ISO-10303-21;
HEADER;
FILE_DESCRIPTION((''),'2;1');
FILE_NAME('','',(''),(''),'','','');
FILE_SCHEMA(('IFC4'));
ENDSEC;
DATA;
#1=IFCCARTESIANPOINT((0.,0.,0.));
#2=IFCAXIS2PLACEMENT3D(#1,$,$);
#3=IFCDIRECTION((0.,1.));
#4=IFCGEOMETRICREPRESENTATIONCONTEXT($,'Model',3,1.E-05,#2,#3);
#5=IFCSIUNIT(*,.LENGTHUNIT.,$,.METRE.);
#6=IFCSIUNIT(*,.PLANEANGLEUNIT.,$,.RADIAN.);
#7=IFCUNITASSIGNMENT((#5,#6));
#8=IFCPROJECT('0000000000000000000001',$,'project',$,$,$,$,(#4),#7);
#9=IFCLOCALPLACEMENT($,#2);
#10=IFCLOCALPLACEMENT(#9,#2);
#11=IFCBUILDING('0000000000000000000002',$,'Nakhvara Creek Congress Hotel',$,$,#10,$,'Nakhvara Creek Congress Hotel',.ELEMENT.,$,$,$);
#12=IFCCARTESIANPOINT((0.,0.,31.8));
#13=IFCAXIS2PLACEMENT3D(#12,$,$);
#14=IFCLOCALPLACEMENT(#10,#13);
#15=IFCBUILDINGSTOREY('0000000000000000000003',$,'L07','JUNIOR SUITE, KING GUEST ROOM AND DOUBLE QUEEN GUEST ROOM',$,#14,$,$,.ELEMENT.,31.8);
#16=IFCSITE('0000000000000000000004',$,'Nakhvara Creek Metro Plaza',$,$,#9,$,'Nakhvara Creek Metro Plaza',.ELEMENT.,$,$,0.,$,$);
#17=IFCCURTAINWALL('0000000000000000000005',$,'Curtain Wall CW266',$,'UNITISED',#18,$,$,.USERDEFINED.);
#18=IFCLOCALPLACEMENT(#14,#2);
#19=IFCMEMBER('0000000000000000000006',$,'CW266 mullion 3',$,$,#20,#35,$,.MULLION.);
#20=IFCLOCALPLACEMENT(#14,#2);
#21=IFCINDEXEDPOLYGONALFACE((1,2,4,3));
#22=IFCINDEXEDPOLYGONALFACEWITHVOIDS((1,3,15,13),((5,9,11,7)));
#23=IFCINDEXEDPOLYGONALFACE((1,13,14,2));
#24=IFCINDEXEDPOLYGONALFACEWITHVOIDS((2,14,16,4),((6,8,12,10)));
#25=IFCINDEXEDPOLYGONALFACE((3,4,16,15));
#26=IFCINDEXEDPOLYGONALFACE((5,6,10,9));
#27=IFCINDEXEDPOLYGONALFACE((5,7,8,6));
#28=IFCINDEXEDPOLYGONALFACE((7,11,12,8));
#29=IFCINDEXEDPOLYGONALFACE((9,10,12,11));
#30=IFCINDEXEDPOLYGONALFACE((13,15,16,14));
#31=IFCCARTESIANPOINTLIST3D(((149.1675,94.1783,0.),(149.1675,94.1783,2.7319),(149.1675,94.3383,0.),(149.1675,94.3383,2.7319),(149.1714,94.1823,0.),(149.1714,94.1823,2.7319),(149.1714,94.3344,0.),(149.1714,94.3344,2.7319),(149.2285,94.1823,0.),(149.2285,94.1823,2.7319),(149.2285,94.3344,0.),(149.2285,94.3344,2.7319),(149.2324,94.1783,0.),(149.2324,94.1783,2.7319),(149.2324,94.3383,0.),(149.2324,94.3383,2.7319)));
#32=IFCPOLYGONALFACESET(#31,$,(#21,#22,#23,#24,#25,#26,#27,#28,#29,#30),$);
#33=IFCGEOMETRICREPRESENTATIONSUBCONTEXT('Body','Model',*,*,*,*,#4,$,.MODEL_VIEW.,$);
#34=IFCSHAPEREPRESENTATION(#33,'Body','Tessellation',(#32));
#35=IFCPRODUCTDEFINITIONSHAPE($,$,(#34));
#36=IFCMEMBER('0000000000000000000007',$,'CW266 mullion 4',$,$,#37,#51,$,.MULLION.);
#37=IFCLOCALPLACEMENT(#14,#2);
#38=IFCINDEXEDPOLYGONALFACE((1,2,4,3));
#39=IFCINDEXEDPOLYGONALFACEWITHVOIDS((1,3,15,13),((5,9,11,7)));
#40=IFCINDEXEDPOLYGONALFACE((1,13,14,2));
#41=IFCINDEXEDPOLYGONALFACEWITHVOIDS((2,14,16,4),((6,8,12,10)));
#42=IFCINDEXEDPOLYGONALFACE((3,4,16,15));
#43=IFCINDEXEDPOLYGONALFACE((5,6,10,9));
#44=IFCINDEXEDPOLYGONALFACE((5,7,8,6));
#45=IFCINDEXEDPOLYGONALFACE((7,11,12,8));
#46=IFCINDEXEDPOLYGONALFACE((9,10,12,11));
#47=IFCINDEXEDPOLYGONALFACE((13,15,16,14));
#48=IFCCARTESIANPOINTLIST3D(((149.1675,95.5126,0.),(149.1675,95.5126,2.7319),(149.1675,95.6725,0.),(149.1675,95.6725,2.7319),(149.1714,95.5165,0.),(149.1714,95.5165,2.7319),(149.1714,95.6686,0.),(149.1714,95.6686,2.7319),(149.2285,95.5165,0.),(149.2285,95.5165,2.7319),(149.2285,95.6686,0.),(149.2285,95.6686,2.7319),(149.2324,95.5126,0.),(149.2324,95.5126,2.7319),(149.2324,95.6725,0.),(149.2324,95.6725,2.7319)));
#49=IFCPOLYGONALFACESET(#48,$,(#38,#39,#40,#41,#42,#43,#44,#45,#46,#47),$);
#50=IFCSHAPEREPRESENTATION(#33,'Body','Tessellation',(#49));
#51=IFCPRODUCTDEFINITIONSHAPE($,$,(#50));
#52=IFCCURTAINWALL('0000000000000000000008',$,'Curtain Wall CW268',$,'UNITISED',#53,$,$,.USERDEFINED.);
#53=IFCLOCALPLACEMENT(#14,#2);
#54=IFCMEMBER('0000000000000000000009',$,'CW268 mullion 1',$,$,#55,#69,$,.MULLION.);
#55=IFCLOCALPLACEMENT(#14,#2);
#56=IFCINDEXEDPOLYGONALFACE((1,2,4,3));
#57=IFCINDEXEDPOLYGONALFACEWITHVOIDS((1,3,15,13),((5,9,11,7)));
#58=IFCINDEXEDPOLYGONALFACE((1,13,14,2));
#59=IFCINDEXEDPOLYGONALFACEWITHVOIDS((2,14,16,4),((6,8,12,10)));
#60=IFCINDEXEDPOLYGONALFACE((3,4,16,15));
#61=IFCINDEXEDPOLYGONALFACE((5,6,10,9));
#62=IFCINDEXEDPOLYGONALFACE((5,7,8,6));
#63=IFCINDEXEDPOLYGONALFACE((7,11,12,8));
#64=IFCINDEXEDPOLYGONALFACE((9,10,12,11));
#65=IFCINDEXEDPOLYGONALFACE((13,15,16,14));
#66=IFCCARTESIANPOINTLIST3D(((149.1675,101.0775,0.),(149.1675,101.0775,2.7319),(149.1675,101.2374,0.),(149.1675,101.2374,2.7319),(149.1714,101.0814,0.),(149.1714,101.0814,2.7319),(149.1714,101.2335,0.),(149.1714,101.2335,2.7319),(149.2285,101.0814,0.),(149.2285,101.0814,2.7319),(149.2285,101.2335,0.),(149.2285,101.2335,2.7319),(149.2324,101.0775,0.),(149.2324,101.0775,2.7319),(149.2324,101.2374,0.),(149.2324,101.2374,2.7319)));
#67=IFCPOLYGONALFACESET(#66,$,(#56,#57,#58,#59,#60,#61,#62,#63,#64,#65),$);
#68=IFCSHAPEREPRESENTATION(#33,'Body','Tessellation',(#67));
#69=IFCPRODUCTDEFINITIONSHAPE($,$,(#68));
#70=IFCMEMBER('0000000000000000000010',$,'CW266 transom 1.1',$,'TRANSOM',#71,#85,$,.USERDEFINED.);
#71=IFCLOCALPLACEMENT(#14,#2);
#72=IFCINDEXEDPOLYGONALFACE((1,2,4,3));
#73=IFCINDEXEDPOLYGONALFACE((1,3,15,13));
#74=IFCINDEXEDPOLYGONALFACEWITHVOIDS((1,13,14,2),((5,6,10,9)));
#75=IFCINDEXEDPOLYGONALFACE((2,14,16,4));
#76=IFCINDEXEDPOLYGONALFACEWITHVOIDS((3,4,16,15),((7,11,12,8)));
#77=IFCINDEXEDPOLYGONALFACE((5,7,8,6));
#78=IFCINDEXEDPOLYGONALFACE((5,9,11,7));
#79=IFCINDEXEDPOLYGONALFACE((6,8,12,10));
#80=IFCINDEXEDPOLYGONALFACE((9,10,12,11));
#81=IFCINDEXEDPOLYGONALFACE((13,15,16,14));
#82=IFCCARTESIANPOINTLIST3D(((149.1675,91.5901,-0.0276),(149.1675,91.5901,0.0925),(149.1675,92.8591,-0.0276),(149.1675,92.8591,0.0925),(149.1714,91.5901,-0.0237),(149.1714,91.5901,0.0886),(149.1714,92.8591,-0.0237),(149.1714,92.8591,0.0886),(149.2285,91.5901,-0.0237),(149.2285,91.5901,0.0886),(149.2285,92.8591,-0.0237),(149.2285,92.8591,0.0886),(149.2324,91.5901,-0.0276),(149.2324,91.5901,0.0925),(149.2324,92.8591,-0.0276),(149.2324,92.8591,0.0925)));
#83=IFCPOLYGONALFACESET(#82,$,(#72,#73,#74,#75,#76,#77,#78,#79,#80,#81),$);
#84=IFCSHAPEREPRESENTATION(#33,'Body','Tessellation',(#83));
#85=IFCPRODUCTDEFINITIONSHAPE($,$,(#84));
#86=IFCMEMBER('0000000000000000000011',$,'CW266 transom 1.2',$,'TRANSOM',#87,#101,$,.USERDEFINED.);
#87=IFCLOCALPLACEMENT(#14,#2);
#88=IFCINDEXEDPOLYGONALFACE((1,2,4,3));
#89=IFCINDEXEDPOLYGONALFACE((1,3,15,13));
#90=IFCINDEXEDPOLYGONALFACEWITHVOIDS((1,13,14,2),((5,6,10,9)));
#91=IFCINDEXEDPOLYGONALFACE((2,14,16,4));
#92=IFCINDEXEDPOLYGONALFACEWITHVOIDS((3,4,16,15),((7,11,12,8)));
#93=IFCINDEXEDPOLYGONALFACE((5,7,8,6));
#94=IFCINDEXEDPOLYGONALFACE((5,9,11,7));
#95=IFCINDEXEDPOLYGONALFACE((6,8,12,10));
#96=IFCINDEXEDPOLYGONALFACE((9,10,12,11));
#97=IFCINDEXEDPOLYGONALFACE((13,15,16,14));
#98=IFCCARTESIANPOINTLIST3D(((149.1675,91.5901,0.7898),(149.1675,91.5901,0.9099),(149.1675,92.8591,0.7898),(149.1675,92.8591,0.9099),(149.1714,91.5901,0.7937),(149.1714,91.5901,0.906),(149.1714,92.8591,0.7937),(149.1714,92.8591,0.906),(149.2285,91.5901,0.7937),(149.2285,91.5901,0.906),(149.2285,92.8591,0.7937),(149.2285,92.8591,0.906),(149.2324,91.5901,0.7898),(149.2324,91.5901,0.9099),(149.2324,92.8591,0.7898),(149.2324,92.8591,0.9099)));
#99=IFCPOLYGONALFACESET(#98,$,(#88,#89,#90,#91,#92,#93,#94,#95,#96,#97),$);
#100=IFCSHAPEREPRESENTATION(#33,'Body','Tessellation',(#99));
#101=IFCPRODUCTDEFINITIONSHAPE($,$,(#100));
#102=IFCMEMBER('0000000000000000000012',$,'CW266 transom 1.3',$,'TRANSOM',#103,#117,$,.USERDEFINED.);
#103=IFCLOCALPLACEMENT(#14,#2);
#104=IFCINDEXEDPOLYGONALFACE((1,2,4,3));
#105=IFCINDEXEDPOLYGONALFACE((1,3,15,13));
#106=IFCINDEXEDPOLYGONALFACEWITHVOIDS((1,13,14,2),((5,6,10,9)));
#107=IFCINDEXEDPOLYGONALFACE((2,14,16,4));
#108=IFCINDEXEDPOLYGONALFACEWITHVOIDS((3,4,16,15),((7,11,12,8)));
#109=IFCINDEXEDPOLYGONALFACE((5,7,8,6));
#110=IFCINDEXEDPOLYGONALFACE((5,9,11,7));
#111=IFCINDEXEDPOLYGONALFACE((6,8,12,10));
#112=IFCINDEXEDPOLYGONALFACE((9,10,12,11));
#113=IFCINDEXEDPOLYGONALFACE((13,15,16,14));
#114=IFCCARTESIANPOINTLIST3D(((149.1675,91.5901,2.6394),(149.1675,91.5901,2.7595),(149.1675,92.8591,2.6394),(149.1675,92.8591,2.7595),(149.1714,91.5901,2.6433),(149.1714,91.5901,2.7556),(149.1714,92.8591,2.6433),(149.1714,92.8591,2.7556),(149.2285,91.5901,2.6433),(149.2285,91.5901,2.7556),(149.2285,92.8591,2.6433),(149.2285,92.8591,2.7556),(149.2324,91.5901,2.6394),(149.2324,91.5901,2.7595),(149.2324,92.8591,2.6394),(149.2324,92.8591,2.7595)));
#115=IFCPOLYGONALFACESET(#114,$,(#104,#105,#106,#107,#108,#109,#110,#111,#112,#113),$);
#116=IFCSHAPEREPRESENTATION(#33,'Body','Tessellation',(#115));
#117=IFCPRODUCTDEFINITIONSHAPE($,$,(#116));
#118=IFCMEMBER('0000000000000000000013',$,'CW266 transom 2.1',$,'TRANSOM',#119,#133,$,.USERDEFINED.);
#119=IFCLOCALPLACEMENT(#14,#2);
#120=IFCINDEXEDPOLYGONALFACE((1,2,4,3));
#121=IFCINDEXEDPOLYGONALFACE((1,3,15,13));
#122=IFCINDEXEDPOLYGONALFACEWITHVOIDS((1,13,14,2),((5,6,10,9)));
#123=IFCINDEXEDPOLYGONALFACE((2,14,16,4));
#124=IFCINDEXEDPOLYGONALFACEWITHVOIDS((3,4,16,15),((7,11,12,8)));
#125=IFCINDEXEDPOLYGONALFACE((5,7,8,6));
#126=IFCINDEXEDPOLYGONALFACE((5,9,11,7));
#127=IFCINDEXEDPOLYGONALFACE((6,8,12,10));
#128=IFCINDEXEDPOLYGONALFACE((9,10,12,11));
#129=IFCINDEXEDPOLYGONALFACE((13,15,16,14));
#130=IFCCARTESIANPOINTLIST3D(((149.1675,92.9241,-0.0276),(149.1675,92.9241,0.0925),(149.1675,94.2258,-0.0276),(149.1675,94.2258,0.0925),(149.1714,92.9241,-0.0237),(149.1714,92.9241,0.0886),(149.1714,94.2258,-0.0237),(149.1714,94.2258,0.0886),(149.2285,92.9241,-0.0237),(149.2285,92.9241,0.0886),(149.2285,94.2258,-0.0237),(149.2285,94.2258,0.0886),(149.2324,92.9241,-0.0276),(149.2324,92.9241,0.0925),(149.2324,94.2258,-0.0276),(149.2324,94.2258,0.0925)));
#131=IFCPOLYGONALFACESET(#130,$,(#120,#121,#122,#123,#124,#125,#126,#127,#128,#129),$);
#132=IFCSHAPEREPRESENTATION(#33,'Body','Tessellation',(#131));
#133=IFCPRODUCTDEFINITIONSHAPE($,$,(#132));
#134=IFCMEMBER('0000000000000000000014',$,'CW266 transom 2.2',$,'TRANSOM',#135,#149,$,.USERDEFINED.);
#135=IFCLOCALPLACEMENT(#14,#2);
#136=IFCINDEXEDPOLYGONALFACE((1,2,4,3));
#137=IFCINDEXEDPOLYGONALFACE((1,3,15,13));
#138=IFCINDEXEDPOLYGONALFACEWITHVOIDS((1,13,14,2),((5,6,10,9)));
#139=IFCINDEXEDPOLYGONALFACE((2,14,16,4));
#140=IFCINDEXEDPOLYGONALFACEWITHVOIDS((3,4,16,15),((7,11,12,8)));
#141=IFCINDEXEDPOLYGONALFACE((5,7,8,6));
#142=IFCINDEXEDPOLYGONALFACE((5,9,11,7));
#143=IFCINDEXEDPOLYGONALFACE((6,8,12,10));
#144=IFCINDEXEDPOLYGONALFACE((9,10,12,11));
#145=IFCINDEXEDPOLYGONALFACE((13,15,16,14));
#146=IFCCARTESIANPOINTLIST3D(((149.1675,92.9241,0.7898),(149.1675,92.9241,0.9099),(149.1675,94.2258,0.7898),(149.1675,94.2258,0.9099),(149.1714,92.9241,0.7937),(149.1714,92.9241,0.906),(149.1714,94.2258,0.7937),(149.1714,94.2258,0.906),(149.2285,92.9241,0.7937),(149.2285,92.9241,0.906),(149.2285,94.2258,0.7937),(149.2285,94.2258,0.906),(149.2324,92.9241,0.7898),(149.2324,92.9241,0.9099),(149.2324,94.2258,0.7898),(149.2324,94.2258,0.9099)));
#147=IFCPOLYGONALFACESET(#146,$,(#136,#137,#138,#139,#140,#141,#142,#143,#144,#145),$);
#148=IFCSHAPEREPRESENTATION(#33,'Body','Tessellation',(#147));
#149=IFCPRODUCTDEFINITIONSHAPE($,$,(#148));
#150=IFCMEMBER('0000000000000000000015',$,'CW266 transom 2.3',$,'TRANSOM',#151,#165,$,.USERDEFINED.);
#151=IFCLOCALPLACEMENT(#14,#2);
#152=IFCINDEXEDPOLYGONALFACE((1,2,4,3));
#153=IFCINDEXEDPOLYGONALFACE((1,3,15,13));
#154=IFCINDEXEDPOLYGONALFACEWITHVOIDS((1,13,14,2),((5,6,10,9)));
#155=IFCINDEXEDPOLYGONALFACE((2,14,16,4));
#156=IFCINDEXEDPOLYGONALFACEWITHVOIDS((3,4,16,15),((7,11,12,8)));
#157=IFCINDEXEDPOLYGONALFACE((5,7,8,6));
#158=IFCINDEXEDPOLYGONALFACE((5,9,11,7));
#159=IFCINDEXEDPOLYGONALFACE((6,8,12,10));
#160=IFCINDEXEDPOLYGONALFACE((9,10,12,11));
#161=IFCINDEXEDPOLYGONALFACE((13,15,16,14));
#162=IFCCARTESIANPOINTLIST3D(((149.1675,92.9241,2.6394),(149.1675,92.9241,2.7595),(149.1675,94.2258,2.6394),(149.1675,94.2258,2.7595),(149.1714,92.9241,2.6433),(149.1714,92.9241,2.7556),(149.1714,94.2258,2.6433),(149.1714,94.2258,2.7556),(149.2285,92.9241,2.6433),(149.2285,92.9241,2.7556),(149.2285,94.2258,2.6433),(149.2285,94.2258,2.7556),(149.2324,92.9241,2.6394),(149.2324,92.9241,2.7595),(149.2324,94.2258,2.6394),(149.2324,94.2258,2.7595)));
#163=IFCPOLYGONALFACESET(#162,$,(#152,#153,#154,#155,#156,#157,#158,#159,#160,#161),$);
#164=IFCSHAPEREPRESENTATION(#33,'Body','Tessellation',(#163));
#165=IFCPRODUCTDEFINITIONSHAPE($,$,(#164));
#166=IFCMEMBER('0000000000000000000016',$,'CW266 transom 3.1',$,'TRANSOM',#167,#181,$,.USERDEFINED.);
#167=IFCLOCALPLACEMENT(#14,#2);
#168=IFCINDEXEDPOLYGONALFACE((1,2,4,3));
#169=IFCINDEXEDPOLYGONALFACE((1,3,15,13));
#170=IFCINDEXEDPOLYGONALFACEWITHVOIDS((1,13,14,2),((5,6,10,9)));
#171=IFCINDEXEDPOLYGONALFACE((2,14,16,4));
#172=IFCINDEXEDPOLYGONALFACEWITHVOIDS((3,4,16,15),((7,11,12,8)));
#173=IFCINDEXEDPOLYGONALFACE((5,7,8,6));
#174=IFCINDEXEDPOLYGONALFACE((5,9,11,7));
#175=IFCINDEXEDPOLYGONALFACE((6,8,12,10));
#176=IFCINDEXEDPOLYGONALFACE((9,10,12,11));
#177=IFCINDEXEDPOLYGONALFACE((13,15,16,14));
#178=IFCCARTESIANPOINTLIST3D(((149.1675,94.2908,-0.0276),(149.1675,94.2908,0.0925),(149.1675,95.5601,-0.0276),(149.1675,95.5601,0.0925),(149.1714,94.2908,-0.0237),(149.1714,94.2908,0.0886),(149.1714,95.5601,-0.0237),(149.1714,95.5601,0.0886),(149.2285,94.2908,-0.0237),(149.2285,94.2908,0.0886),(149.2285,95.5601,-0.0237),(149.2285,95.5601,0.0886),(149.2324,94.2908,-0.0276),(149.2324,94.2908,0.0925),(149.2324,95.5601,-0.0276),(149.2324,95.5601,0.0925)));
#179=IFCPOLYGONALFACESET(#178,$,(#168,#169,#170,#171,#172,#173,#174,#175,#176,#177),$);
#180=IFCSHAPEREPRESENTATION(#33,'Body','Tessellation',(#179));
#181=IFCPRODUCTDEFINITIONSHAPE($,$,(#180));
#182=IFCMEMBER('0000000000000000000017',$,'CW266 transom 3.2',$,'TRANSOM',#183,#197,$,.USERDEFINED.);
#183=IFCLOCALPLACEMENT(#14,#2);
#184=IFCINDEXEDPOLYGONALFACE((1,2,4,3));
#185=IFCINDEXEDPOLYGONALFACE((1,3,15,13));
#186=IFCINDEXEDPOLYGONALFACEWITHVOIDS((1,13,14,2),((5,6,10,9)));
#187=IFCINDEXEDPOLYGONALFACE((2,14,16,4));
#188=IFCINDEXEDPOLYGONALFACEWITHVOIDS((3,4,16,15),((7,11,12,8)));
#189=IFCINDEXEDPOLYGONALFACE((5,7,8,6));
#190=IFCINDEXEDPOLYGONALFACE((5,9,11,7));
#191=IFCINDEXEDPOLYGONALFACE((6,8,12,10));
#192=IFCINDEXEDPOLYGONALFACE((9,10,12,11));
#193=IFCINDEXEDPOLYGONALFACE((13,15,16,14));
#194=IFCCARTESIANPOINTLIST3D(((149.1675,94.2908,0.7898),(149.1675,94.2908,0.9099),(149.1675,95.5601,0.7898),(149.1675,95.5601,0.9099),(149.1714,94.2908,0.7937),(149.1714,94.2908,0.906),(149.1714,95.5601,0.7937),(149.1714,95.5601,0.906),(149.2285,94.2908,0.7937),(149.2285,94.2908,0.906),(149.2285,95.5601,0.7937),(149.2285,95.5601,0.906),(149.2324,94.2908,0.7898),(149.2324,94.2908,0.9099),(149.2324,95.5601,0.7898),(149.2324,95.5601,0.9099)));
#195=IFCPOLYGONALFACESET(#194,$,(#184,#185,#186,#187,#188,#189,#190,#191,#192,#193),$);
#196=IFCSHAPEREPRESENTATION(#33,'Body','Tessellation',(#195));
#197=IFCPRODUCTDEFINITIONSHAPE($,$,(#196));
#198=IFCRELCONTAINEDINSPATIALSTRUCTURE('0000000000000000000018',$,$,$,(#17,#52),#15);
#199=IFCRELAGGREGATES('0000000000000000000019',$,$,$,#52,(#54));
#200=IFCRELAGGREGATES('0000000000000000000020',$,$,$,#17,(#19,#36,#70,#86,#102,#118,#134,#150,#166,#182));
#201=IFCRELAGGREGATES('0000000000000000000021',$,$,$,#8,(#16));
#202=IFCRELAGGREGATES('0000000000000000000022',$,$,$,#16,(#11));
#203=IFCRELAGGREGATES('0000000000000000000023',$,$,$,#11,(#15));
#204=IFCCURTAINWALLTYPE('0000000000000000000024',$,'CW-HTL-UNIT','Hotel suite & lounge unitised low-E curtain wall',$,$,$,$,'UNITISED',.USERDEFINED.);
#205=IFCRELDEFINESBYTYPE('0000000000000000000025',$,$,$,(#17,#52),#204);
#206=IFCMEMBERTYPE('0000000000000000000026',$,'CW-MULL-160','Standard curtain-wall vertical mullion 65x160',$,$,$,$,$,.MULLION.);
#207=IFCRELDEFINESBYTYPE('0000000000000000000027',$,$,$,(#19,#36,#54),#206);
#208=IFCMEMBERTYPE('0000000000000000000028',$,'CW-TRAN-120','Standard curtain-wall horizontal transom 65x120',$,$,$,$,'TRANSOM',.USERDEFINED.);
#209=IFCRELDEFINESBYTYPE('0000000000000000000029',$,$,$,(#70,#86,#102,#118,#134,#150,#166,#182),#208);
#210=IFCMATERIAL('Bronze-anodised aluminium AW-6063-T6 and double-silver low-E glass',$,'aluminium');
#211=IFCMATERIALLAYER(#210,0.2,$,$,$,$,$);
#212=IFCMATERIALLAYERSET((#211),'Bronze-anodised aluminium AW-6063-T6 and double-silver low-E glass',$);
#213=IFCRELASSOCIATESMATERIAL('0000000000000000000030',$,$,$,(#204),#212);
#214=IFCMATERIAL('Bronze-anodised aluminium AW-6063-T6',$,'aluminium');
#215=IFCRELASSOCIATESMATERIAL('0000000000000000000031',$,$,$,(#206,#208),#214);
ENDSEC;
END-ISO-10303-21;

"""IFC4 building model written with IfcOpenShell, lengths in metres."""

from ifc_helpers import new_model, si_unit, direction, frame, origin, origin_2d, place, context, subcontext, project, spatial, hollow_rectangle, extrude, material, layer, layer_set, material_profile, profile_set, type_object, element, aggregate, save


model = new_model("IFC4")

# Units and contexts
model_context = context("Model", 3, precision=1e-05, world=origin(), true_north=direction((0.0, 1.0)))
body_context = subcontext(model_context, "Body", "Model", "MODEL_VIEW")
ifc_project = project(units=[si_unit("LENGTHUNIT", "METRE"), si_unit("PLANEANGLEUNIT", "RADIAN")], contexts=[model_context])

# Site, building, storey
site_placement = place(None, origin())
site = spatial("IfcSite", under=ifc_project, at=site_placement, Name="Nakhvara Creek Metro Plaza", LongName="Nakhvara Creek Metro Plaza", CompositionType="ELEMENT", RefElevation=0.0)
building_placement = place(site_placement, origin())
building = spatial("IfcBuilding", under=site, at=building_placement, Name="Nakhvara Creek Congress Hotel", LongName="Nakhvara Creek Congress Hotel", CompositionType="ELEMENT")
storey_placement = place(building_placement, frame((0.0, 0.0, 31.8)))
storey = spatial("IfcBuildingStorey", under=building, at=storey_placement, Name="L07", Description="JUNIOR SUITE, KING GUEST ROOM AND DOUBLE QUEEN GUEST ROOM", CompositionType="ELEMENT", Elevation=31.8)

# Curtain wall, members
ifc_material_1 = material(Name="Bronze-anodised aluminium AW-6063-T6 and double-silver low-E glass", Category="aluminium")
ifc_layer = layer(ifc_material_1, 0.2)
ifc_layer_set = layer_set([ifc_layer], Name="Bronze-anodised aluminium AW-6063-T6 and double-silver low-E glass")
curtain_wall_type = type_object("IfcCurtainWallType", Name="CW-HTL-UNIT", Description="Hotel suite & lounge unitised low-E curtain wall", ElementType="UNITISED", PredefinedType="USERDEFINED", material=ifc_layer_set)
curtain_wall_1_placement = place(storey_placement, origin())
curtain_wall_1 = element("IfcCurtainWall", 1, at=curtain_wall_1_placement, inside=storey, type_object=curtain_wall_type, Name="Curtain Wall CW266", ObjectType="UNITISED", PredefinedType="USERDEFINED")
ifc_material_2 = material(Name="Bronze-anodised aluminium AW-6063-T6", Category="aluminium")
ifc_material_profile_1 = material_profile(ifc_material_2, hollow_rectangle(XDim=0.0649, YDim=0.1599, WallThickness=0.0039, at=origin_2d()), Name="ALU-MULL 65x160x4", Category="LoadBearing")
ifc_profile_set_1 = profile_set([ifc_material_profile_1], Name="Bronze-anodised aluminium AW-6063-T6")
member_type_1 = type_object("IfcMemberType", Name="CW-MULL-160", Description="Standard curtain-wall vertical mullion 65x160", PredefinedType="MULLION", material=ifc_profile_set_1)
member_1_placement = place(storey_placement, frame((149.2, 94.2583, 0.0), z_axis=(0.0, 0.0, 1.0), x_axis=(-1.0, 0.0, 0.0)))
member_1 = element("IfcMember", 2, at=member_1_placement, type_object=member_type_1, Name="CW266 mullion 3", PredefinedType="MULLION", context=body_context, shape_type="SweptSolid", body=[
    extrude(hollow_rectangle(XDim=0.0649, YDim=0.1599, WallThickness=0.0039, at=origin_2d()), origin(), (0.0, 0.0, 1.0), 2.7319),
])
member_2_placement = place(storey_placement, frame((149.2, 95.5925, 0.0), z_axis=(0.0, 0.0, 1.0), x_axis=(-1.0, 0.0, 0.0)))
member_2 = element("IfcMember", 3, at=member_2_placement, type_object=member_type_1, Name="CW266 mullion 4", PredefinedType="MULLION", context=body_context, shape_type="SweptSolid", body=[
    extrude(hollow_rectangle(XDim=0.0649, YDim=0.1599, WallThickness=0.0039, at=origin_2d()), origin(), (0.0, 0.0, 1.0), 2.7319),
])

# Curtain wall, member
curtain_wall_2_placement = place(storey_placement, origin())
curtain_wall_2 = element("IfcCurtainWall", 4, at=curtain_wall_2_placement, inside=storey, type_object=curtain_wall_type, Name="Curtain Wall CW268", ObjectType="UNITISED", PredefinedType="USERDEFINED")
member_3_placement = place(storey_placement, frame((149.2, 101.1575, 0.0), z_axis=(0.0, 0.0, 1.0), x_axis=(-1.0, 0.0, 0.0)))
member_3 = element("IfcMember", 5, at=member_3_placement, type_object=member_type_1, Name="CW268 mullion 1", PredefinedType="MULLION", context=body_context, shape_type="SweptSolid", body=[
    extrude(hollow_rectangle(XDim=0.0649, YDim=0.1599, WallThickness=0.0039, at=origin_2d()), origin(), (0.0, 0.0, 1.0), 2.7319),
])

# Members
ifc_material_profile_2 = material_profile(ifc_material_2, hollow_rectangle(XDim=0.0649, YDim=0.1201, WallThickness=0.0039, at=origin_2d()), Name="ALU-TRAN 65x120x4", Category="LoadBearing")
ifc_profile_set_2 = profile_set([ifc_material_profile_2], Name="Bronze-anodised aluminium AW-6063-T6")
member_type_2 = type_object("IfcMemberType", Name="CW-TRAN-120", Description="Standard curtain-wall horizontal transom 65x120", ElementType="TRANSOM", PredefinedType="USERDEFINED", material=ifc_profile_set_2)
member_4_placement = place(storey_placement, frame((149.2, 91.5901, 0.0325), z_axis=(0.0, 1.0, 0.0), x_axis=(-1.0, 0.0, 0.0)))
member_4 = element("IfcMember", 6, at=member_4_placement, type_object=member_type_2, Name="CW266 transom 1.1", ObjectType="TRANSOM", PredefinedType="USERDEFINED", context=body_context, shape_type="SweptSolid", body=[
    extrude(hollow_rectangle(XDim=0.0649, YDim=0.1201, WallThickness=0.0039, at=origin_2d()), origin(), (0.0, 0.0, 1.0), 1.269),
])
member_5_placement = place(storey_placement, frame((149.2, 91.5901, 0.8499), z_axis=(0.0, 1.0, 0.0), x_axis=(-1.0, 0.0, 0.0)))
member_5 = element("IfcMember", 7, at=member_5_placement, type_object=member_type_2, Name="CW266 transom 1.2", ObjectType="TRANSOM", PredefinedType="USERDEFINED", context=body_context, shape_type="SweptSolid", body=[
    extrude(hollow_rectangle(XDim=0.0649, YDim=0.1201, WallThickness=0.0039, at=origin_2d()), origin(), (0.0, 0.0, 1.0), 1.269),
])
member_6_placement = place(storey_placement, frame((149.2, 91.5901, 2.6995), z_axis=(0.0, 1.0, 0.0), x_axis=(-1.0, 0.0, 0.0)))
member_6 = element("IfcMember", 8, at=member_6_placement, type_object=member_type_2, Name="CW266 transom 1.3", ObjectType="TRANSOM", PredefinedType="USERDEFINED", context=body_context, shape_type="SweptSolid", body=[
    extrude(hollow_rectangle(XDim=0.0649, YDim=0.1201, WallThickness=0.0039, at=origin_2d()), origin(), (0.0, 0.0, 1.0), 1.269),
])
member_7_placement = place(storey_placement, frame((149.2, 92.9241, 0.0325), z_axis=(0.0, 1.0, 0.0), x_axis=(-1.0, 0.0, 0.0)))
member_7 = element("IfcMember", 9, at=member_7_placement, type_object=member_type_2, Name="CW266 transom 2.1", ObjectType="TRANSOM", PredefinedType="USERDEFINED", context=body_context, shape_type="SweptSolid", body=[
    extrude(hollow_rectangle(XDim=0.0649, YDim=0.1201, WallThickness=0.0039, at=origin_2d()), origin(), (0.0, 0.0, 1.0), 1.3018),
])
member_8_placement = place(storey_placement, frame((149.2, 92.9241, 0.8499), z_axis=(0.0, 1.0, 0.0), x_axis=(-1.0, 0.0, 0.0)))
member_8 = element("IfcMember", 10, at=member_8_placement, type_object=member_type_2, Name="CW266 transom 2.2", ObjectType="TRANSOM", PredefinedType="USERDEFINED", context=body_context, shape_type="SweptSolid", body=[
    extrude(hollow_rectangle(XDim=0.0649, YDim=0.1201, WallThickness=0.0039, at=origin_2d()), origin(), (0.0, 0.0, 1.0), 1.3018),
])
member_9_placement = place(storey_placement, frame((149.2, 92.9241, 2.6995), z_axis=(0.0, 1.0, 0.0), x_axis=(-1.0, 0.0, 0.0)))
member_9 = element("IfcMember", 11, at=member_9_placement, type_object=member_type_2, Name="CW266 transom 2.3", ObjectType="TRANSOM", PredefinedType="USERDEFINED", context=body_context, shape_type="SweptSolid", body=[
    extrude(hollow_rectangle(XDim=0.0649, YDim=0.1201, WallThickness=0.0039, at=origin_2d()), origin(), (0.0, 0.0, 1.0), 1.3018),
])
member_10_placement = place(storey_placement, frame((149.2, 94.2908, 0.0325), z_axis=(0.0, 1.0, 0.0), x_axis=(-1.0, 0.0, 0.0)))
member_10 = element("IfcMember", 12, at=member_10_placement, type_object=member_type_2, Name="CW266 transom 3.1", ObjectType="TRANSOM", PredefinedType="USERDEFINED", context=body_context, shape_type="SweptSolid", body=[
    extrude(hollow_rectangle(XDim=0.0649, YDim=0.1201, WallThickness=0.0039, at=origin_2d()), origin(), (0.0, 0.0, 1.0), 1.2693),
])
member_11_placement = place(storey_placement, frame((149.2, 94.2908, 0.8499), z_axis=(0.0, 1.0, 0.0), x_axis=(-1.0, 0.0, 0.0)))
member_11 = element("IfcMember", 13, at=member_11_placement, type_object=member_type_2, Name="CW266 transom 3.2", ObjectType="TRANSOM", PredefinedType="USERDEFINED", context=body_context, shape_type="SweptSolid", body=[
    extrude(hollow_rectangle(XDim=0.0649, YDim=0.1201, WallThickness=0.0039, at=origin_2d()), origin(), (0.0, 0.0, 1.0), 1.2693),
])
aggregate(curtain_wall_2, [member_3])

aggregate(curtain_wall_1, [member_1, member_2, member_4, member_5, member_6, member_7, member_8, member_9, member_10, member_11])

save(model, "model.ifc")
